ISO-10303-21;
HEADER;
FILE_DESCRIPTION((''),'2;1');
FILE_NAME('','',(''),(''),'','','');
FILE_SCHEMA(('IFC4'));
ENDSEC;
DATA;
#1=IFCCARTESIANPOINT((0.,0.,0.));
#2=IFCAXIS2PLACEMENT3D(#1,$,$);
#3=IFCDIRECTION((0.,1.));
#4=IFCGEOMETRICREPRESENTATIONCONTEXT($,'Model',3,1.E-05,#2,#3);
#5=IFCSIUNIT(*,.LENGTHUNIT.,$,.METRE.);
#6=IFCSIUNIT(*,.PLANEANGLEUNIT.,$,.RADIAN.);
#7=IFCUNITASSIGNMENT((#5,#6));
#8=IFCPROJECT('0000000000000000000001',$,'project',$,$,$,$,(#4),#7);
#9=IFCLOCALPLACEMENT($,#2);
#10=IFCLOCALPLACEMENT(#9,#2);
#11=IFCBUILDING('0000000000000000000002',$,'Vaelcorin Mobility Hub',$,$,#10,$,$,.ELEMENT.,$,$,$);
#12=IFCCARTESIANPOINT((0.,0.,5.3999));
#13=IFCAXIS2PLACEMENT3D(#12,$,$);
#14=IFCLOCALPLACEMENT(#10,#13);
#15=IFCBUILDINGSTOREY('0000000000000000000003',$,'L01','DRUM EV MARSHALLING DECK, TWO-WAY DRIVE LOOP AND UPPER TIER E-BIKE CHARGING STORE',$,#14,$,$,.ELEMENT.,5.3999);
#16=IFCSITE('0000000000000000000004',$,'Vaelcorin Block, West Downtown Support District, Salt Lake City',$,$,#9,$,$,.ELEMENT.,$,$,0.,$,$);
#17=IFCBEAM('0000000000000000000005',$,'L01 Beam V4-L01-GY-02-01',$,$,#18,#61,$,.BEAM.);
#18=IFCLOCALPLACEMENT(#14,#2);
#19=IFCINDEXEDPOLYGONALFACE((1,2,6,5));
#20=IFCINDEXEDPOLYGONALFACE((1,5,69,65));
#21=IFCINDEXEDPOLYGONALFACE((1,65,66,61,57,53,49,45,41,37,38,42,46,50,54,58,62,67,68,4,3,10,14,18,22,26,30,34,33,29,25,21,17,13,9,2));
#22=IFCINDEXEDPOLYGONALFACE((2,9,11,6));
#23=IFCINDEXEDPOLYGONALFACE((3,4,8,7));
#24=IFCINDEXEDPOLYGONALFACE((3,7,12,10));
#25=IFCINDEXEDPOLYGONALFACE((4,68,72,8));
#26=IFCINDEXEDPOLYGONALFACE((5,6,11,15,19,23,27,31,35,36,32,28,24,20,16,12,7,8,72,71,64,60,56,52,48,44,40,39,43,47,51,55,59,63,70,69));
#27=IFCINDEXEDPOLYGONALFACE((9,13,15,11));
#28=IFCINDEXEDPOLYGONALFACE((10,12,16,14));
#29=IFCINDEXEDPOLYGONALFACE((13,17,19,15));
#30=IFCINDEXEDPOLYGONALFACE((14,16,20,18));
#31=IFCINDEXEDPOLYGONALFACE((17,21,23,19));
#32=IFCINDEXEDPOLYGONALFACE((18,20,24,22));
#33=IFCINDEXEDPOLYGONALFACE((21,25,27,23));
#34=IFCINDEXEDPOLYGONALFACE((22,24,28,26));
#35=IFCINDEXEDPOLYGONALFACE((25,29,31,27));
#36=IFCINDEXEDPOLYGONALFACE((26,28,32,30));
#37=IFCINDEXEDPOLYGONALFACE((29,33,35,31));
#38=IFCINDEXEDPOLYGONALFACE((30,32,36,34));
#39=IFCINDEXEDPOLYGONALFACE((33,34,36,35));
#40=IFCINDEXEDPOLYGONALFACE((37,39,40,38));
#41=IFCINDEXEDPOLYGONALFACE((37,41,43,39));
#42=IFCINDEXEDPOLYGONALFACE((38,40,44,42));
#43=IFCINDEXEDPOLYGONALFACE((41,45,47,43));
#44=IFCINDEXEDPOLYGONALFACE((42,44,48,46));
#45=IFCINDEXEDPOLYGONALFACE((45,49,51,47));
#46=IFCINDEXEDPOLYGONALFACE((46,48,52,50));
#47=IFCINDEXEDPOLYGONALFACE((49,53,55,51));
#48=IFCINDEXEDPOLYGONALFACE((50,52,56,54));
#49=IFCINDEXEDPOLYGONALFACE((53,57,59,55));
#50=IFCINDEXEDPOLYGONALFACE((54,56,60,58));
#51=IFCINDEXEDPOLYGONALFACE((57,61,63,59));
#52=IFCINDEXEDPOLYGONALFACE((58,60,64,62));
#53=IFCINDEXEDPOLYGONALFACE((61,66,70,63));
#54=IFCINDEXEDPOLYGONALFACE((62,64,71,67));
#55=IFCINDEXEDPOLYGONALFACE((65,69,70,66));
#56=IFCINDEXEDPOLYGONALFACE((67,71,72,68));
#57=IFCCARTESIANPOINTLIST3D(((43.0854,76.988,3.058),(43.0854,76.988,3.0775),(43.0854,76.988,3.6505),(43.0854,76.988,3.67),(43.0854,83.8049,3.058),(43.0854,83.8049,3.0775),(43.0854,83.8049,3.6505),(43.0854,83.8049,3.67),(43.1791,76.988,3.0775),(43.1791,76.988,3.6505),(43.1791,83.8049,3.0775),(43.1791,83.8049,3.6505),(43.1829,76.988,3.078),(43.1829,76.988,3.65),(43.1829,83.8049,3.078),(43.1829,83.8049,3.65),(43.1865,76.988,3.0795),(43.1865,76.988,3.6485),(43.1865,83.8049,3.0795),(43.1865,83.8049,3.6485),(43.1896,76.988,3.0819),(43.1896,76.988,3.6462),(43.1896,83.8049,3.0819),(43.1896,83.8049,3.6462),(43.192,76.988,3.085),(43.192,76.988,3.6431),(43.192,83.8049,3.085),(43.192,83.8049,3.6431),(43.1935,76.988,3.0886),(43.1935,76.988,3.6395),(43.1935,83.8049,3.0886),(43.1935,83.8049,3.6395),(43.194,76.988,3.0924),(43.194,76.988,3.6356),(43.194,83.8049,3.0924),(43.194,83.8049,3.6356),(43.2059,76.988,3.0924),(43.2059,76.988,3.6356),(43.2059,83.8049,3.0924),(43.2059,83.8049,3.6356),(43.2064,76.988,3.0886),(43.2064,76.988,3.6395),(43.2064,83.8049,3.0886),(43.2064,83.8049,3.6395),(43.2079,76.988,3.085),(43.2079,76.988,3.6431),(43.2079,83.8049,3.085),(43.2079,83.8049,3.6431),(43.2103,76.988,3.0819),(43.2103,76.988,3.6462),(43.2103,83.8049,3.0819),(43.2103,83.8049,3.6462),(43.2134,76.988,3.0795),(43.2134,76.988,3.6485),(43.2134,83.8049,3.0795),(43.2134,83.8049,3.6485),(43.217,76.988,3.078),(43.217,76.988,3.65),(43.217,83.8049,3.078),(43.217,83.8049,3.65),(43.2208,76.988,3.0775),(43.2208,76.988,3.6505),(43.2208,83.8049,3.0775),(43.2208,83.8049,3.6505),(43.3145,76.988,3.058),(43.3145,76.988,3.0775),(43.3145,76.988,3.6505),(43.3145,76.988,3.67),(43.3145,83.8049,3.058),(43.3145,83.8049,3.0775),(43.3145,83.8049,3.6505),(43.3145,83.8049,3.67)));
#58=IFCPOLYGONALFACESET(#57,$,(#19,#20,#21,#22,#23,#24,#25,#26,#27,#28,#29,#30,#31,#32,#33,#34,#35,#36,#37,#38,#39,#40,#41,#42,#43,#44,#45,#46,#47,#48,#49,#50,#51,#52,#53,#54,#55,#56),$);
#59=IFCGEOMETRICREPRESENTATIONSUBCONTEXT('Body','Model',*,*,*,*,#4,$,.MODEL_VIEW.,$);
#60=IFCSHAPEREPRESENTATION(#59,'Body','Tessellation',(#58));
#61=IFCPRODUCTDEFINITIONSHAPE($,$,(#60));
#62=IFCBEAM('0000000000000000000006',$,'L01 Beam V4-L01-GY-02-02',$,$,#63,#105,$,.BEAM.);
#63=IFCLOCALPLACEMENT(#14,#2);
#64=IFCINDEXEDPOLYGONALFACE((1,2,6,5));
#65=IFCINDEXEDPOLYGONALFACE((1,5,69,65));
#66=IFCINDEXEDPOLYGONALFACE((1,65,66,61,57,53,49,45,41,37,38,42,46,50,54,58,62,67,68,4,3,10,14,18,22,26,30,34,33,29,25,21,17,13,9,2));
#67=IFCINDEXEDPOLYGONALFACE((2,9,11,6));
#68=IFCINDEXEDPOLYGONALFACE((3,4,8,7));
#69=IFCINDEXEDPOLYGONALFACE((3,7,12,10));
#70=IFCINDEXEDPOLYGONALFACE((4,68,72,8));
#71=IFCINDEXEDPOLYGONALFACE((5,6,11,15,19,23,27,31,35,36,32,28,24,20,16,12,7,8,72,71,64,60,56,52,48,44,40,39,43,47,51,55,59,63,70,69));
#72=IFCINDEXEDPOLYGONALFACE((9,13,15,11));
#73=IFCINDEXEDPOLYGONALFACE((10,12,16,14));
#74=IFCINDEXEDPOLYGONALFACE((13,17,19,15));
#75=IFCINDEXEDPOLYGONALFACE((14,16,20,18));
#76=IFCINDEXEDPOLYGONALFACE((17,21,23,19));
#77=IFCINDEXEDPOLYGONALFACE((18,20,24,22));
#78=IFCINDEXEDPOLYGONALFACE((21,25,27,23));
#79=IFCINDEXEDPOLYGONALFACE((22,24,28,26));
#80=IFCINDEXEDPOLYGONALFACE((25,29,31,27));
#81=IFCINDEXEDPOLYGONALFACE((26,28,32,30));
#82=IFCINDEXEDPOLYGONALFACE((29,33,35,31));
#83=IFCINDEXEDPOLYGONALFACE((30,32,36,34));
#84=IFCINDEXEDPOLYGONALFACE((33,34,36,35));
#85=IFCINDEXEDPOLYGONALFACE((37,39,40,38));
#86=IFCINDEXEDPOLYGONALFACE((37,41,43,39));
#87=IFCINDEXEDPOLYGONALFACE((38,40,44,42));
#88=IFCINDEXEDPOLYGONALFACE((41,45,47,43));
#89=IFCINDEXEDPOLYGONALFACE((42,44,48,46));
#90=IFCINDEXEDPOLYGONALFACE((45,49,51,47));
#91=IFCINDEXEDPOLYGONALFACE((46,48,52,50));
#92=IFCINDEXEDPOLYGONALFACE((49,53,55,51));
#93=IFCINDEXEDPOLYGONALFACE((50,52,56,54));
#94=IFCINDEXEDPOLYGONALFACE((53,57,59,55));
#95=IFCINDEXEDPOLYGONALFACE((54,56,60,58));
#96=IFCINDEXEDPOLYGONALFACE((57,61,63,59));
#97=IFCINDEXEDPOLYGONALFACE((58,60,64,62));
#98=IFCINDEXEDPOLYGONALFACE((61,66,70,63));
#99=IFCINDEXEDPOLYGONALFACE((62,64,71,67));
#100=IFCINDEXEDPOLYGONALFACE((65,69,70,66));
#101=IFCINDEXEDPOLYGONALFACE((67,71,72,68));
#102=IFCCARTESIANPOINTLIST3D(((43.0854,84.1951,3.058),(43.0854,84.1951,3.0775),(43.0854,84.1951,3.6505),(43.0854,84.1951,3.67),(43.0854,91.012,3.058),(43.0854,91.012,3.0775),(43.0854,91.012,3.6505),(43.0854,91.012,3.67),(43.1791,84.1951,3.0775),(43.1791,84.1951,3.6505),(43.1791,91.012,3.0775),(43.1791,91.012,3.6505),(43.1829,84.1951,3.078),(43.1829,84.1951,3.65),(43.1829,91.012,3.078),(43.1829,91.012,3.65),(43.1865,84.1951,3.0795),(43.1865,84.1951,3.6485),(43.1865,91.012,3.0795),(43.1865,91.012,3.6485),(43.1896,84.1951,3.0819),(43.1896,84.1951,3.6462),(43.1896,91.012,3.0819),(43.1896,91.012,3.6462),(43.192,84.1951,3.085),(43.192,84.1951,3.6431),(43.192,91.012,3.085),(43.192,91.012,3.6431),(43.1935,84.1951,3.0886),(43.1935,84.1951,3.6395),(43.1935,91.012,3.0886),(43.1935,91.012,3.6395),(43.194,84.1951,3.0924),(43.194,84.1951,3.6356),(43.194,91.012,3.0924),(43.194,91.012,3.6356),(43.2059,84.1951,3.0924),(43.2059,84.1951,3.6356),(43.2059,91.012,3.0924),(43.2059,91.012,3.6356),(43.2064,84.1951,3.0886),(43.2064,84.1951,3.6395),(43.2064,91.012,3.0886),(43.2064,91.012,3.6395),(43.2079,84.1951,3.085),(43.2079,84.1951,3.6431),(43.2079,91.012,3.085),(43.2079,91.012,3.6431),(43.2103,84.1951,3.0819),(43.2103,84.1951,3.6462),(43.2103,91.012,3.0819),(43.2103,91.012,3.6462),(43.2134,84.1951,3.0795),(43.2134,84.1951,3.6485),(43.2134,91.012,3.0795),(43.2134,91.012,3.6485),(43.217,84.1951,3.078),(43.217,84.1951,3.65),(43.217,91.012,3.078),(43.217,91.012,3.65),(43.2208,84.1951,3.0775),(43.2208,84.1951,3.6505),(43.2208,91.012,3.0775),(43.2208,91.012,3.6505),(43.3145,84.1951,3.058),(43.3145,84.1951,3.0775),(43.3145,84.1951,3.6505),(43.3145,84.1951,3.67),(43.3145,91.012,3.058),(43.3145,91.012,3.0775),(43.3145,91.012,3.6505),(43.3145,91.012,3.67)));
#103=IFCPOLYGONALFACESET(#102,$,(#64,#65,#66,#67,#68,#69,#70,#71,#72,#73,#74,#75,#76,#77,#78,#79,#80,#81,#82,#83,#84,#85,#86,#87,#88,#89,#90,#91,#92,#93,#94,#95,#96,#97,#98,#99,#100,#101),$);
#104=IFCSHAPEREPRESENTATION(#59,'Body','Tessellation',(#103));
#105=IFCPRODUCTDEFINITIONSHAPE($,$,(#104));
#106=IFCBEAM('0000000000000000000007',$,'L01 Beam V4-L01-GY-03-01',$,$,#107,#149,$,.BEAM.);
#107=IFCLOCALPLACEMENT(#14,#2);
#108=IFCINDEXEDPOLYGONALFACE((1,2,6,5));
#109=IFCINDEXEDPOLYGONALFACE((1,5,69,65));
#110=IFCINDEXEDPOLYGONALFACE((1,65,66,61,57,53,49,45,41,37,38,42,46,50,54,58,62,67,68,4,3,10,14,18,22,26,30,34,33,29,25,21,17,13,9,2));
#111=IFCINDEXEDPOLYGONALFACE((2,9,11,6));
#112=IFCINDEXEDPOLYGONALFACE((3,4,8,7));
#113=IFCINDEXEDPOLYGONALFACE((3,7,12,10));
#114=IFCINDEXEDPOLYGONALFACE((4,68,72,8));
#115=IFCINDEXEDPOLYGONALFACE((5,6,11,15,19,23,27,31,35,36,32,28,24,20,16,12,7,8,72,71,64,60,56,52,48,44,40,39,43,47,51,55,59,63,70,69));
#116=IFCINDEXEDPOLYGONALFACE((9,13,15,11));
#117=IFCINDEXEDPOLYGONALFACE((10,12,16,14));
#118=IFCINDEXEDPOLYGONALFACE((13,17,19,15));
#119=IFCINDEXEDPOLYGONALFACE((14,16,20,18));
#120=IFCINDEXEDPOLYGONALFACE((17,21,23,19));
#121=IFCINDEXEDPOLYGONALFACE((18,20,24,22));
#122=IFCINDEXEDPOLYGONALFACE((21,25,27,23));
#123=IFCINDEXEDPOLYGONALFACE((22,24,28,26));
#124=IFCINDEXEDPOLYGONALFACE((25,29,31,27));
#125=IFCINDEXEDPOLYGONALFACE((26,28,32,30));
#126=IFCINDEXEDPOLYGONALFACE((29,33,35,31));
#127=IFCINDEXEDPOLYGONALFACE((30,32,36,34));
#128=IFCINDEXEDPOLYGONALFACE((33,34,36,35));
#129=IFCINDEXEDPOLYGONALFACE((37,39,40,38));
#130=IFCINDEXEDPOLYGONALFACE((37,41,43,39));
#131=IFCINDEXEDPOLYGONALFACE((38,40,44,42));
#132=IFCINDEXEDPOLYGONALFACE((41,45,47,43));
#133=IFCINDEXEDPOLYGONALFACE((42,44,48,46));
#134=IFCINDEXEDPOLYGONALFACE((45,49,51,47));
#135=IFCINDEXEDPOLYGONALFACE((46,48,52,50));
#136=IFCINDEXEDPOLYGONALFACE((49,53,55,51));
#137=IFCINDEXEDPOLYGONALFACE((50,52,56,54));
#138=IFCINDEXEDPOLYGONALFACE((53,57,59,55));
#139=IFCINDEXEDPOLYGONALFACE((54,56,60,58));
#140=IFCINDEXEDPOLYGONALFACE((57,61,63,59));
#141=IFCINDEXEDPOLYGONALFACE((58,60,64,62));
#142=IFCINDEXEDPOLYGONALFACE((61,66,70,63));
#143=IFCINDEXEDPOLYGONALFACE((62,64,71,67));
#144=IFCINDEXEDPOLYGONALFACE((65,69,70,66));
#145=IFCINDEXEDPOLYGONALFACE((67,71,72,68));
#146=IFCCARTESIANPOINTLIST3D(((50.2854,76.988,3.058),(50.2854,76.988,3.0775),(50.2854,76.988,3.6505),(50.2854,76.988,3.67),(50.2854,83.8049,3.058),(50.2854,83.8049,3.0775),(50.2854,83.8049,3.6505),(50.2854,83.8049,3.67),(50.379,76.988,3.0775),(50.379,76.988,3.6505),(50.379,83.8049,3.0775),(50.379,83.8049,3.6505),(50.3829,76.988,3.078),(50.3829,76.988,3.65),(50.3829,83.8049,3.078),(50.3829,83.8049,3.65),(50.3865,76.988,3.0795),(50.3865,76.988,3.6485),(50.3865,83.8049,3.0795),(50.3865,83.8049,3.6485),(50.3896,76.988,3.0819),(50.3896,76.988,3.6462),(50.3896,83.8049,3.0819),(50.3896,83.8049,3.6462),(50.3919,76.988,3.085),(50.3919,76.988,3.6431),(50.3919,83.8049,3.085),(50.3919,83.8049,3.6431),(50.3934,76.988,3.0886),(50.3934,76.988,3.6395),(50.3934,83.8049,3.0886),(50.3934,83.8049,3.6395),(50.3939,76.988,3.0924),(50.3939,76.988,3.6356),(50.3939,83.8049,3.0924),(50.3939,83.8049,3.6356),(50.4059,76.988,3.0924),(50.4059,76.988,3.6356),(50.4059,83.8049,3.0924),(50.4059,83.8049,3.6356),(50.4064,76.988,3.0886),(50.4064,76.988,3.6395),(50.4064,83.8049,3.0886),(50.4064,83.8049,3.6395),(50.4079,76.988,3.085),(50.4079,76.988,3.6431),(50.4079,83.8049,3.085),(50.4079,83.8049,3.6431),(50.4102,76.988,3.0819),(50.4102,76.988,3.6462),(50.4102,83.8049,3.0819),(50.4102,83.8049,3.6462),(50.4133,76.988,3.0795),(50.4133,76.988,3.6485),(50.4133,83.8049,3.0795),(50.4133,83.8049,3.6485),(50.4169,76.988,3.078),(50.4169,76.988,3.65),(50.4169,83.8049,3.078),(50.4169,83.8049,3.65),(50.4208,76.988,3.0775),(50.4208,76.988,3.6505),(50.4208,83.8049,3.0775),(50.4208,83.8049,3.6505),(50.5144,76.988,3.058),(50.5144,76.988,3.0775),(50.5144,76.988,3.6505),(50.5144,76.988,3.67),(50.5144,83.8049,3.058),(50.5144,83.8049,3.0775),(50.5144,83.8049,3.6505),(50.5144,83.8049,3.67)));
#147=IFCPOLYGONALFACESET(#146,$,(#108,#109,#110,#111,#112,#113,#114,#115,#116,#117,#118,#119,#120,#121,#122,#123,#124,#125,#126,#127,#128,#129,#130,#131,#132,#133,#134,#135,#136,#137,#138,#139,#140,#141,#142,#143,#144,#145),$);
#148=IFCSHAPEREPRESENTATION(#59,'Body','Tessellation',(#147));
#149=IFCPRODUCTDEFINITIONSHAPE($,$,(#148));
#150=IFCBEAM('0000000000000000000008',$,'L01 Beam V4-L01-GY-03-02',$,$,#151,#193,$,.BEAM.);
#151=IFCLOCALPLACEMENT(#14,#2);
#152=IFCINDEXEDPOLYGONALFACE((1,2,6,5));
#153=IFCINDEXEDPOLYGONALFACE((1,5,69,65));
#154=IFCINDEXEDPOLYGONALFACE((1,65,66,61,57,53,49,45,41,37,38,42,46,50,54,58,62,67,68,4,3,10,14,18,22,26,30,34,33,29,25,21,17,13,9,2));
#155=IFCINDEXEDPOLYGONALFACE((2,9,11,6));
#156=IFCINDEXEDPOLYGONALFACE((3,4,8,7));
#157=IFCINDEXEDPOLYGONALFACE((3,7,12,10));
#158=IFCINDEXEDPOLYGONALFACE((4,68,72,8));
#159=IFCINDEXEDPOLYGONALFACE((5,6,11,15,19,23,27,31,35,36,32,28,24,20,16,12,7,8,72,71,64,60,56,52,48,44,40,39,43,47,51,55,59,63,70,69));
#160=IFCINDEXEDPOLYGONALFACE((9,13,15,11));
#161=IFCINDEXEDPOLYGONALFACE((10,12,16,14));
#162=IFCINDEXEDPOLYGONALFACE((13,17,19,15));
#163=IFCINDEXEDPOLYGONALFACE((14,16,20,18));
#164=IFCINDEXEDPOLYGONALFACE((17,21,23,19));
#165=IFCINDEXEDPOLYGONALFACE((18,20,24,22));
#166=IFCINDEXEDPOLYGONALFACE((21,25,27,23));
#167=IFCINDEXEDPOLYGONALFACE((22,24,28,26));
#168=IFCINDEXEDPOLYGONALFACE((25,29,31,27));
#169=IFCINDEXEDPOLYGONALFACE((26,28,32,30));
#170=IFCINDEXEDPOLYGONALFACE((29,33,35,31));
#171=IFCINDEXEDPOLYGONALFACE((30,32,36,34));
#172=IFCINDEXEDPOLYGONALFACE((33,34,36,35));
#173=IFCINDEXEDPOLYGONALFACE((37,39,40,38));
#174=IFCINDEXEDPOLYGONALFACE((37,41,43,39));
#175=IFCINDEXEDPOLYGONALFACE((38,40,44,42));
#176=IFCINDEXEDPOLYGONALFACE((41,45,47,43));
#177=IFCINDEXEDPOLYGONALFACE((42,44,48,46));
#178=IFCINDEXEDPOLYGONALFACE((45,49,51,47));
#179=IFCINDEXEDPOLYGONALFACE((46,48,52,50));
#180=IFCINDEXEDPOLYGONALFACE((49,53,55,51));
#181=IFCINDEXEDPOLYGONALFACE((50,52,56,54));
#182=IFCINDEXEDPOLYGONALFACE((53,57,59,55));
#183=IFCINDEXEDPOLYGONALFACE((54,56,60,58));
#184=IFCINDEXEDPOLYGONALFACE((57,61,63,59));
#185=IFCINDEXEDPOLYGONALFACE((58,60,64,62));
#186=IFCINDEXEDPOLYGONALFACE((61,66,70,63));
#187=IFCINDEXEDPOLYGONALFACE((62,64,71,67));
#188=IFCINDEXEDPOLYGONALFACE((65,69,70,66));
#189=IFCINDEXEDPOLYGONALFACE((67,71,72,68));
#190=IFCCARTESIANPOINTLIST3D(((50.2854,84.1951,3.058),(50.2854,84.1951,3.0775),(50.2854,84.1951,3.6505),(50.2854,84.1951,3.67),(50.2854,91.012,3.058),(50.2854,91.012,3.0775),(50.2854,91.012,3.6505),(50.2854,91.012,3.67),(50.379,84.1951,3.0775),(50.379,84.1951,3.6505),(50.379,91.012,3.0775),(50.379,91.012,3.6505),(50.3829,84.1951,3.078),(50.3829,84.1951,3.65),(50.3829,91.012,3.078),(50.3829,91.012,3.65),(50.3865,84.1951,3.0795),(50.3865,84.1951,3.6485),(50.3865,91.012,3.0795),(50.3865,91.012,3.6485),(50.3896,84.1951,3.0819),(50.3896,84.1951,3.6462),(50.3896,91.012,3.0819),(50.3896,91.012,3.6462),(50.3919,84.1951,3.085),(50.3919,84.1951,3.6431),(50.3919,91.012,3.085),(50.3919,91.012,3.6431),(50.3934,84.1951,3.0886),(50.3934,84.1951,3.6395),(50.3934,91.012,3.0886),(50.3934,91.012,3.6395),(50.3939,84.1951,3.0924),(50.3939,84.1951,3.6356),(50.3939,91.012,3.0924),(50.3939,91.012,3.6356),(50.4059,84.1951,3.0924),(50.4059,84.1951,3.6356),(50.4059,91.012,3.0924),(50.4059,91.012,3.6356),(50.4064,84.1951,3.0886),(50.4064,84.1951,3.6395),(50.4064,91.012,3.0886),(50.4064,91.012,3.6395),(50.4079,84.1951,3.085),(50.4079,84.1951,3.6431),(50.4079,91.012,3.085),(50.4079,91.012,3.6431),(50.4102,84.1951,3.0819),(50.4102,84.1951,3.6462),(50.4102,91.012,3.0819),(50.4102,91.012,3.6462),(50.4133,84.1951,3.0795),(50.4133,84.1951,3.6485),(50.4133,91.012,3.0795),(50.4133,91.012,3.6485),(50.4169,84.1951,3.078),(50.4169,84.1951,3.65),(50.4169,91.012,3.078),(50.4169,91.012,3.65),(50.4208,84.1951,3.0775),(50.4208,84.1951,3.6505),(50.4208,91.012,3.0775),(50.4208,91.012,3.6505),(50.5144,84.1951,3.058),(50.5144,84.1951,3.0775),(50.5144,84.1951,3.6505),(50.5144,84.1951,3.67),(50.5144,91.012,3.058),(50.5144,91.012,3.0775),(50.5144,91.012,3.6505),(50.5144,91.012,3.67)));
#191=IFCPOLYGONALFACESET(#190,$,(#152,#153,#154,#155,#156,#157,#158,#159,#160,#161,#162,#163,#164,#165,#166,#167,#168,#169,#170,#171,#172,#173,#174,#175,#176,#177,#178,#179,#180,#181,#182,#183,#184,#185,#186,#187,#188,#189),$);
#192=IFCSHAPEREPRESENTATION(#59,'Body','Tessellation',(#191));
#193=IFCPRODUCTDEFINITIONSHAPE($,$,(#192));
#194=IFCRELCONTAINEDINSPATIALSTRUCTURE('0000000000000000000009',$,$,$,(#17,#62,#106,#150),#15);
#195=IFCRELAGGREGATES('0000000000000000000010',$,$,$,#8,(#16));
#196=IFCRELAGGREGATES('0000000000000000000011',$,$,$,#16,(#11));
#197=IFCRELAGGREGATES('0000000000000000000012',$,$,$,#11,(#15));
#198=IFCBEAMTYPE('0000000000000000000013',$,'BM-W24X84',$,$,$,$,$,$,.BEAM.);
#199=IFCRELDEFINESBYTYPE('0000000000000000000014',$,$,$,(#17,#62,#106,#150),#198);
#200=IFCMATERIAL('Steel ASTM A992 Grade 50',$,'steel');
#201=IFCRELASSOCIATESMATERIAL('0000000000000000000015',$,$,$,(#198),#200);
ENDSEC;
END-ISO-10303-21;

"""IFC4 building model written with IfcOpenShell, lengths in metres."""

from ifc_helpers import new_model, si_unit, direction, frame, origin, origin_2d, place, context, subcontext, project, spatial, i_section, extrude, material, material_profile, profile_set, type_object, element, save


model = new_model("IFC4")

# Units and contexts
model_context = context("Model", 3, precision=1e-05, world=origin(), true_north=direction((0.0, 1.0)))
body_context = subcontext(model_context, "Body", "Model", "MODEL_VIEW")
ifc_project = project(units=[si_unit("LENGTHUNIT", "METRE"), si_unit("PLANEANGLEUNIT", "RADIAN")], contexts=[model_context])

# Site, building, storey
site_placement = place(None, origin())
site = spatial("IfcSite", under=ifc_project, at=site_placement, Name="Vaelcorin Block, West Downtown Support District, Salt Lake City", CompositionType="ELEMENT", RefElevation=0.0)
building_placement = place(site_placement, origin())
building = spatial("IfcBuilding", under=site, at=building_placement, Name="Vaelcorin Mobility Hub", CompositionType="ELEMENT")
storey_placement = place(building_placement, frame((0.0, 0.0, 5.3999)))
storey = spatial("IfcBuildingStorey", under=building, at=storey_placement, Name="L01", Description="DRUM EV MARSHALLING DECK, TWO-WAY DRIVE LOOP AND UPPER TIER E-BIKE CHARGING STORE", CompositionType="ELEMENT", Elevation=5.3999)

# Shared definitions
ifc_material_1 = material(Name="Steel ASTM A992 Grade 50", Category="steel")

# Beams
ifc_material_profile_1 = material_profile(ifc_material_1, i_section(OverallWidth=0.229, OverallDepth=0.6121, WebThickness=0.012, FlangeThickness=0.0195, FilletRadius=0.0149, at=origin_2d()), Name="W24X84")
ifc_profile_set_1 = profile_set([ifc_material_profile_1], Name="Steel ASTM A992 Grade 50")
beam_type_1 = type_object("IfcBeamType", Name="BM-W24X84", PredefinedType="BEAM", material=ifc_profile_set_1)
for number, where, z_axis, x_axis, name in (
    (1, (43.2, 76.988, 3.364), (0.0, 1.0, 0.0), (-1.0, 0.0, 0.0), "L01 Beam V4-L01-GY-02-01"),
    (2, (43.2, 84.1951, 3.364), (0.0, 1.0, 0.0), (-1.0, 0.0, 0.0), "L01 Beam V4-L01-GY-02-02"),
    (3, (50.3999, 76.988, 3.364), (0.0, 1.0, 0.0), (-1.0, 0.0, 0.0), "L01 Beam V4-L01-GY-03-01"),
    (4, (50.3999, 84.1951, 3.364), (0.0, 1.0, 0.0), (-1.0, 0.0, 0.0), "L01 Beam V4-L01-GY-03-02"),
):
    element("IfcBeam", number, at=place(storey_placement, frame(where, z_axis=z_axis, x_axis=x_axis)), inside=storey, type_object=beam_type_1, Name=name, PredefinedType="BEAM", context=body_context, shape_type="SweptSolid", body=[
        extrude(i_section(OverallWidth=0.229, OverallDepth=0.6121, WebThickness=0.012, FlangeThickness=0.0195, FilletRadius=0.0149, at=origin_2d()), origin(), (0.0, 0.0, 1.0), 6.8169),
    ])

save(model, "model.ifc")
